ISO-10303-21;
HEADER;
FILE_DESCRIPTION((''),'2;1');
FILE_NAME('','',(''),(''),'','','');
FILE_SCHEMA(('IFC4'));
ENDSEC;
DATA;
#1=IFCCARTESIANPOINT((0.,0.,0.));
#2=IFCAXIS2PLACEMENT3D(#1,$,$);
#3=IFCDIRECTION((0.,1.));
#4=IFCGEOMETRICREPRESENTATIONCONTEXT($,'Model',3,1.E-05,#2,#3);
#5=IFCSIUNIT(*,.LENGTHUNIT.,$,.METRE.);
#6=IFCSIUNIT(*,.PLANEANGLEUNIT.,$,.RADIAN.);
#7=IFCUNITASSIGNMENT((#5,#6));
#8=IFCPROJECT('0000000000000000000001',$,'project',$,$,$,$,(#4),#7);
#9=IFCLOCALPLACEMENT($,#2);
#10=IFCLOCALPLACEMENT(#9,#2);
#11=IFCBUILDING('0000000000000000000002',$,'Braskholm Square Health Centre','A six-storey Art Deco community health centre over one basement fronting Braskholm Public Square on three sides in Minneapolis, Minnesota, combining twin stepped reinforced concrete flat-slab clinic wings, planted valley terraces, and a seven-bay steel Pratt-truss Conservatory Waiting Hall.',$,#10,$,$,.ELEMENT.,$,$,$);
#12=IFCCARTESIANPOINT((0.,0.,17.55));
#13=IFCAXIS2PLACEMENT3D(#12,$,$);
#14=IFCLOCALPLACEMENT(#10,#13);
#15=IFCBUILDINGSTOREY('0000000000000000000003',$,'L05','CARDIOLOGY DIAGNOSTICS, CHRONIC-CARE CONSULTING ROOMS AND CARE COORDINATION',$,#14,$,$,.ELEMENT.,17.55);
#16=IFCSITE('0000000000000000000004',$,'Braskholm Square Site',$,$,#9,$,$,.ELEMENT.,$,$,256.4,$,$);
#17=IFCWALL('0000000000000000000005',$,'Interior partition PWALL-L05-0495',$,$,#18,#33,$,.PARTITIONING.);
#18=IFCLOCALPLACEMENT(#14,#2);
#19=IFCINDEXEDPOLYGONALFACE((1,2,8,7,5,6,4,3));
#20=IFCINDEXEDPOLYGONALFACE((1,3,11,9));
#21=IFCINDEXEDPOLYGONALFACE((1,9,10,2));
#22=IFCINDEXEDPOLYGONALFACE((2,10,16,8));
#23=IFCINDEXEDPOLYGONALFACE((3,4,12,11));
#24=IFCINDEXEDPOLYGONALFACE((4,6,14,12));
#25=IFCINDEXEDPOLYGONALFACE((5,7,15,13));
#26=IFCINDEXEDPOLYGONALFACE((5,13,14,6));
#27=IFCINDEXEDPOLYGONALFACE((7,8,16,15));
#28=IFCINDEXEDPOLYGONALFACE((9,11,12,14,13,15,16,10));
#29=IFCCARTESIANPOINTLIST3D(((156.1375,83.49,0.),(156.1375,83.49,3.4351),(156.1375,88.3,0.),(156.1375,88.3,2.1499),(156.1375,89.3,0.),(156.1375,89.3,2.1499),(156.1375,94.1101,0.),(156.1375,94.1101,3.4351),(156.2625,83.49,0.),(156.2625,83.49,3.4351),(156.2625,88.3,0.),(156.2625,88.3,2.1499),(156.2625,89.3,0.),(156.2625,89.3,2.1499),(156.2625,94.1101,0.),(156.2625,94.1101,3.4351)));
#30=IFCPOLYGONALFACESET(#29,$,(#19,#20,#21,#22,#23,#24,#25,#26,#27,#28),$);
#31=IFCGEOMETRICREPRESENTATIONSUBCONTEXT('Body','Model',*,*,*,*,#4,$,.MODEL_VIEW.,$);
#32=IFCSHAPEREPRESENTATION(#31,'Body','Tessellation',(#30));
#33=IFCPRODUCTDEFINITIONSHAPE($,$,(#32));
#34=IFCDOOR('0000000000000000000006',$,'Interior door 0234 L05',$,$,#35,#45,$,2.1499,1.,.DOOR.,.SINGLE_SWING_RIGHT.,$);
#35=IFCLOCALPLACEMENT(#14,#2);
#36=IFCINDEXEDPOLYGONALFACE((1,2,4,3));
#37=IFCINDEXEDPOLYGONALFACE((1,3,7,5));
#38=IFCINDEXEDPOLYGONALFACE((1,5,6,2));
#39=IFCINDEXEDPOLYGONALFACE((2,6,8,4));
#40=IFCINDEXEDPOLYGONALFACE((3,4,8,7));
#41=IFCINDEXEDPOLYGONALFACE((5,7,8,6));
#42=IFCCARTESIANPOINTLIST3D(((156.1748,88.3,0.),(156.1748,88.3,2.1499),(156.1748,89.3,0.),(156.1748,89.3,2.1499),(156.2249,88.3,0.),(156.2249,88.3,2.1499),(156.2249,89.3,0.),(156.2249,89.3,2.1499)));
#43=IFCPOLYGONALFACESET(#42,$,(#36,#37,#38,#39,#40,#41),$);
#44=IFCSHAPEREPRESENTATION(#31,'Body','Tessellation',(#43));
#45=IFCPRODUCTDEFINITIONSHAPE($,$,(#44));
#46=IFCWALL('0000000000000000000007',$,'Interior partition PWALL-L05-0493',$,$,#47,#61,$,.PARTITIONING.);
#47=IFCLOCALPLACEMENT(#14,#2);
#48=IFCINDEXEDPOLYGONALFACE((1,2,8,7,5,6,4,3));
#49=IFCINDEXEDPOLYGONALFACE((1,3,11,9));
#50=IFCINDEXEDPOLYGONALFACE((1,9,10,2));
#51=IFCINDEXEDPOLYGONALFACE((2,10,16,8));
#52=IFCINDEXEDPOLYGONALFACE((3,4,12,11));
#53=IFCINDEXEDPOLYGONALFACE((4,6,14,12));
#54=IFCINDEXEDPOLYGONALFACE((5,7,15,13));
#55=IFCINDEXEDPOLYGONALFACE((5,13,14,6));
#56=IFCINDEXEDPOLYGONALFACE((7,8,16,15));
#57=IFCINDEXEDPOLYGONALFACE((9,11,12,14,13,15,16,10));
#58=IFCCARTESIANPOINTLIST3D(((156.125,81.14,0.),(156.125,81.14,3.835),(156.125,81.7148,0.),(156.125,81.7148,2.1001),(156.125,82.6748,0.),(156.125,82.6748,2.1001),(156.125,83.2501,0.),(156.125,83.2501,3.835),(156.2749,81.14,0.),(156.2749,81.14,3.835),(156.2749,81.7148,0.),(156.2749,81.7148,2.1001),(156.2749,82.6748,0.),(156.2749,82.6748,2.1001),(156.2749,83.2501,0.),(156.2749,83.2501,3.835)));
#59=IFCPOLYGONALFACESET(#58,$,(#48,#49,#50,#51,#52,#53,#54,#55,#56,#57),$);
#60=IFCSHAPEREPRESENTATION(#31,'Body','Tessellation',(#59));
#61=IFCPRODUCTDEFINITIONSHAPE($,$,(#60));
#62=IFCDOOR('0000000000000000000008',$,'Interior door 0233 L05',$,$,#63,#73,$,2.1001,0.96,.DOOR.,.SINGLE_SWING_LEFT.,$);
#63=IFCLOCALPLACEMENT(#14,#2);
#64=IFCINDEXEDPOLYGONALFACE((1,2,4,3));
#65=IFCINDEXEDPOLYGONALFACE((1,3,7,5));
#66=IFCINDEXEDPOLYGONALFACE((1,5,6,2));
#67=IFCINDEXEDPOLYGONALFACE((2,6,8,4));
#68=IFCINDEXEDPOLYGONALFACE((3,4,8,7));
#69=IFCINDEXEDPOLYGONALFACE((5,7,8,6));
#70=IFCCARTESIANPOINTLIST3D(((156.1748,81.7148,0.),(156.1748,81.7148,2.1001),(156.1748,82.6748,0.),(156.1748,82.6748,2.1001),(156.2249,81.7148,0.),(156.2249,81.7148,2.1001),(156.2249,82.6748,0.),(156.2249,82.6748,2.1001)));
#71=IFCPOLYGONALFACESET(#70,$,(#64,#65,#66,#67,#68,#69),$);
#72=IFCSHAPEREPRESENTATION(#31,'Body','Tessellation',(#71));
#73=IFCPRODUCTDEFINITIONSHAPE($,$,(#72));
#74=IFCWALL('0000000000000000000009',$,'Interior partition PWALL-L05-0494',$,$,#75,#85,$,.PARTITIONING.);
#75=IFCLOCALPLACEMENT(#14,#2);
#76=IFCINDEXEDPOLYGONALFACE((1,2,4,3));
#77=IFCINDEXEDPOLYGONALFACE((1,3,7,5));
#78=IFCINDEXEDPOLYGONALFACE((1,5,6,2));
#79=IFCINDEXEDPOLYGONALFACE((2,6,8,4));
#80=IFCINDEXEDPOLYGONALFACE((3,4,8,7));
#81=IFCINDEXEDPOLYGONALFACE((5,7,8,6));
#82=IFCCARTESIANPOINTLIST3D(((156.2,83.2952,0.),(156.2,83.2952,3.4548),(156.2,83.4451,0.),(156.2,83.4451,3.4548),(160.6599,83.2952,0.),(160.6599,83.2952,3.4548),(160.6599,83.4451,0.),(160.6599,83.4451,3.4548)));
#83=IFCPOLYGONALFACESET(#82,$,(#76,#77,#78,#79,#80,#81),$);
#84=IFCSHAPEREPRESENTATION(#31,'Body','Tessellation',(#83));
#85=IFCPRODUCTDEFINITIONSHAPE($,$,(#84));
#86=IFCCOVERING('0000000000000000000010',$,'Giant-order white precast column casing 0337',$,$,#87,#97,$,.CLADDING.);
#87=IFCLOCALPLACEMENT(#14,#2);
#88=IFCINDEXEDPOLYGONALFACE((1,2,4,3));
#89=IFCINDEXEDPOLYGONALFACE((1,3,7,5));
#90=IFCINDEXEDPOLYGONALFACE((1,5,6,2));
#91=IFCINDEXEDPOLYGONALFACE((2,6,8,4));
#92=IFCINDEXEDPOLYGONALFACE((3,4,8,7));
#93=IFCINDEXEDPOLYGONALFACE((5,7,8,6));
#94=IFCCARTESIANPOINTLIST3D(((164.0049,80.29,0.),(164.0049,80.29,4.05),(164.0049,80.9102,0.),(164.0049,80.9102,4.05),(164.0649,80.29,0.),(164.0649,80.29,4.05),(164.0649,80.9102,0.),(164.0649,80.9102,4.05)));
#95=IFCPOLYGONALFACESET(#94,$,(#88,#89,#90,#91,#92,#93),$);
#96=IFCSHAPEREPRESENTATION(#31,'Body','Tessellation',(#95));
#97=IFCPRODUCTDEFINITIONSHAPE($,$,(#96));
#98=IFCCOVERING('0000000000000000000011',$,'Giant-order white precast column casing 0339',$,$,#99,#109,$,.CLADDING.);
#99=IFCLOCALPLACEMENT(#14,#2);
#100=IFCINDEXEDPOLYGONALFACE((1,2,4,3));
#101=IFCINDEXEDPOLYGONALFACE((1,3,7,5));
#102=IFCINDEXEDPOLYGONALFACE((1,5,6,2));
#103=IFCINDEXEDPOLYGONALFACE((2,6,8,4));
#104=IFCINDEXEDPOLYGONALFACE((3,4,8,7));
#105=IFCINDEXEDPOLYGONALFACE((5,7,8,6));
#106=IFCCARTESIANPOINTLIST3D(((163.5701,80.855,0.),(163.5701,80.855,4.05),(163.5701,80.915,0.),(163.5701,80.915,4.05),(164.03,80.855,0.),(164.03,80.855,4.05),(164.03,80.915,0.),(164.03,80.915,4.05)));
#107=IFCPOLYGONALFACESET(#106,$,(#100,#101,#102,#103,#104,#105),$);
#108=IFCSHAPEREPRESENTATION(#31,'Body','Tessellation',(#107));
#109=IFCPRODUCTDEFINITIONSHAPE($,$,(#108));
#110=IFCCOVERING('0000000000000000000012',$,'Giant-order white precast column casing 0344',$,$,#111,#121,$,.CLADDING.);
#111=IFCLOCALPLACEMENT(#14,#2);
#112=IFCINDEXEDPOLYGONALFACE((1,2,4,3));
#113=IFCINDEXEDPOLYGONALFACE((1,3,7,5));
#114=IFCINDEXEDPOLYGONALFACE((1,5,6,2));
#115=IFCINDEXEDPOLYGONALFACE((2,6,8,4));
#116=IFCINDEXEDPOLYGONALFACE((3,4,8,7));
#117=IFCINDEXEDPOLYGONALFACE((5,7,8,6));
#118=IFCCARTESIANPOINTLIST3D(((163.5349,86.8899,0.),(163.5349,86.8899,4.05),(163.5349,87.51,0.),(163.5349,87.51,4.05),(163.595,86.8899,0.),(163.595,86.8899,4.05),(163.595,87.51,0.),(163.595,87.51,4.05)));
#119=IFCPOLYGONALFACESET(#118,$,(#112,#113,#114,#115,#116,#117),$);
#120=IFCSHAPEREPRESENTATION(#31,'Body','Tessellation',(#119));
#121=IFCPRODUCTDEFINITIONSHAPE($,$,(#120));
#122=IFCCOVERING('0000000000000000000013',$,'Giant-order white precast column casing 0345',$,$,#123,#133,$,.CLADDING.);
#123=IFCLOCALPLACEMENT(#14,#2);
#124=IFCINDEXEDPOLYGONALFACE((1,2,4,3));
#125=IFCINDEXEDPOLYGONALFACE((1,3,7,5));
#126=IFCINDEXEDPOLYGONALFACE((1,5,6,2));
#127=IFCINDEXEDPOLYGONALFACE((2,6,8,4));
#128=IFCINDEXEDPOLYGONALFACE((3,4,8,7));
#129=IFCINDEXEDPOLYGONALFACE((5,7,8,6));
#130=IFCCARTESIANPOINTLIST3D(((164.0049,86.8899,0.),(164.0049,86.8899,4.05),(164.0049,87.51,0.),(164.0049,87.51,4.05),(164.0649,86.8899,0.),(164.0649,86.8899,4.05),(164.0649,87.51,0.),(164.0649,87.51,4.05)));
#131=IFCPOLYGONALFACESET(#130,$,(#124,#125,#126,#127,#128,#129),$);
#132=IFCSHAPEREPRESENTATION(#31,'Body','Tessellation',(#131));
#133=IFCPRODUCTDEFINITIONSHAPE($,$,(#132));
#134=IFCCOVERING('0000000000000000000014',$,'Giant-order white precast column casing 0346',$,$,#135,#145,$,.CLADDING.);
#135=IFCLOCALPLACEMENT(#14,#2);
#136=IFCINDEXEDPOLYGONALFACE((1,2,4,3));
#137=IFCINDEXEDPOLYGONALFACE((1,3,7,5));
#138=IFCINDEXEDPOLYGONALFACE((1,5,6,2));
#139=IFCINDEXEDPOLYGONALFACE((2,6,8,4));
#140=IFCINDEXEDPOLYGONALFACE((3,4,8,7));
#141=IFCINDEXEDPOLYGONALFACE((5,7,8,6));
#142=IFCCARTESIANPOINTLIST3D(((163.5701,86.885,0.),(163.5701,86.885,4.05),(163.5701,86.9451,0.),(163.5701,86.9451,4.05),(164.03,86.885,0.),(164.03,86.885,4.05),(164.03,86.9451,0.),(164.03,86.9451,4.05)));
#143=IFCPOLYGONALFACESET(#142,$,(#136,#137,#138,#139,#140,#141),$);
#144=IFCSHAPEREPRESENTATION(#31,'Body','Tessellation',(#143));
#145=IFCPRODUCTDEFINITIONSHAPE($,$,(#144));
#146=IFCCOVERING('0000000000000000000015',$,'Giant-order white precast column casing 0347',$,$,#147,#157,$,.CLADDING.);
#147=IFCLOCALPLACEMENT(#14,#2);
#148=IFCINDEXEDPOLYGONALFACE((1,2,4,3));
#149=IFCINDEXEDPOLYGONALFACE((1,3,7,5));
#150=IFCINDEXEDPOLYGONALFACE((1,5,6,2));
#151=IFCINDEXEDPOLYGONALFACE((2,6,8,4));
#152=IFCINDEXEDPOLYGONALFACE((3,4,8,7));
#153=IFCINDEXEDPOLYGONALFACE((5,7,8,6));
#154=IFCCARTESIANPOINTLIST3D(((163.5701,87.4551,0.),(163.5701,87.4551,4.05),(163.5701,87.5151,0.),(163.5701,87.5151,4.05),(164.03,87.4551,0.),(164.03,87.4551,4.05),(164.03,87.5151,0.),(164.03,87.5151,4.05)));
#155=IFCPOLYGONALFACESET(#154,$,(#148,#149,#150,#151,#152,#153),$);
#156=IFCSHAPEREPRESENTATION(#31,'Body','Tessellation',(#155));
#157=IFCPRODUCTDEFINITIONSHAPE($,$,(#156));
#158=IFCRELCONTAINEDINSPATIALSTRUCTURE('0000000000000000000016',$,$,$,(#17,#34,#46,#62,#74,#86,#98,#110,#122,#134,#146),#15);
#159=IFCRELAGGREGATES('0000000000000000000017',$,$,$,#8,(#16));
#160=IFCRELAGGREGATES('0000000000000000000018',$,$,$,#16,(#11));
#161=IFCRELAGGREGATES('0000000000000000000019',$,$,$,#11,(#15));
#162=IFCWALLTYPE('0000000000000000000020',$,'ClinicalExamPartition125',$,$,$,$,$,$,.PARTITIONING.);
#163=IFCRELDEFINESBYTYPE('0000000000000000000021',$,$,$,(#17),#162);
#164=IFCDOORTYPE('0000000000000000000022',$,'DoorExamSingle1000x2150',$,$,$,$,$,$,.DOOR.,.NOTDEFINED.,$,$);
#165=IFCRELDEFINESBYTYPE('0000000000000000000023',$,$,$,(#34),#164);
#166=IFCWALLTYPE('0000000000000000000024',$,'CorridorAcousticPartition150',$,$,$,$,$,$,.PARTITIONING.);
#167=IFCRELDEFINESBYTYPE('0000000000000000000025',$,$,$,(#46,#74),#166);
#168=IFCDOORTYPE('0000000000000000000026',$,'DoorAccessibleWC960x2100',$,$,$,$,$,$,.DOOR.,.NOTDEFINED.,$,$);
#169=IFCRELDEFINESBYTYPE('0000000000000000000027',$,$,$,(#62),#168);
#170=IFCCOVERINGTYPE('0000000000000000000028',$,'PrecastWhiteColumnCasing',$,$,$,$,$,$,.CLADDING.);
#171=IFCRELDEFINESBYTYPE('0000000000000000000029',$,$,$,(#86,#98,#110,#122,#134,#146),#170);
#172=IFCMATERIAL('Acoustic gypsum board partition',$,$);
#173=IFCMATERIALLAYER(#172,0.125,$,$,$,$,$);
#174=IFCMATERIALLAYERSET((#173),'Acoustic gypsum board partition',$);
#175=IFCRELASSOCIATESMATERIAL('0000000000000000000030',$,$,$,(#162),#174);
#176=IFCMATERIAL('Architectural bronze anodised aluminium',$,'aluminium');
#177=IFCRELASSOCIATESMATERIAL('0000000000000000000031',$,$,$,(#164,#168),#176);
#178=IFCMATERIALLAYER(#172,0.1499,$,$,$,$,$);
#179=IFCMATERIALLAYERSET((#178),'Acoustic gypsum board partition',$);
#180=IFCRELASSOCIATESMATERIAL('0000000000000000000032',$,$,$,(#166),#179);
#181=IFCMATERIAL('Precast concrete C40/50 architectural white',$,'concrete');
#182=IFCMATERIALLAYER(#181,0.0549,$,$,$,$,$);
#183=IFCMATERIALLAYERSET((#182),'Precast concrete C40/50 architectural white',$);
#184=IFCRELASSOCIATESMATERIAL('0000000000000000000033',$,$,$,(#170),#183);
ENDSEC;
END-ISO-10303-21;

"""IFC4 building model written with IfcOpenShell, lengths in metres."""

from ifc_helpers import new_model, si_unit, direction, frame, frame_2d, origin, origin_2d, place, context, subcontext, project, spatial, rectangle, extrude, material, layer, layer_set, type_object, element, fill, save


model = new_model("IFC4")

# Units and contexts
model_context = context("Model", 3, precision=1e-05, world=origin(), true_north=direction((0.0, 1.0)))
body_context = subcontext(model_context, "Body", "Model", "MODEL_VIEW")
ifc_project = project(units=[si_unit("LENGTHUNIT", "METRE"), si_unit("PLANEANGLEUNIT", "RADIAN")], contexts=[model_context])

# Site, building, storey
site_placement = place(None, origin())
site = spatial("IfcSite", under=ifc_project, at=site_placement, Name="Braskholm Square Site", CompositionType="ELEMENT", RefElevation=256.4)
building_placement = place(site_placement, origin())
building = spatial("IfcBuilding", under=site, at=building_placement, Name="Braskholm Square Health Centre", Description="A six-storey Art Deco community health centre over one basement fronting Braskholm Public Square on three sides in Minneapolis, Minnesota, combining twin stepped reinforced concrete flat-slab clinic wings, planted valley terraces, and a seven-bay steel Pratt-truss Conservatory Waiting Hall.", CompositionType="ELEMENT")
storey_placement = place(building_placement, frame((0.0, 0.0, 17.55)))
storey = spatial("IfcBuildingStorey", under=building, at=storey_placement, Name="L05", Description="CARDIOLOGY DIAGNOSTICS, CHRONIC-CARE CONSULTING ROOMS AND CARE COORDINATION", CompositionType="ELEMENT", Elevation=17.55)

# Shared definitions
ifc_material_1 = material(Name="Precast concrete C40/50 architectural white", Category="concrete")

# Shared definitions
ifc_material_2 = material(Name="Architectural bronze anodised aluminium", Category="aluminium")

# Shared definitions
ifc_material_3 = material(Name="Acoustic gypsum board partition")
ifc_layer_1 = layer(ifc_material_3, 0.125)
ifc_layer_set_1 = layer_set([ifc_layer_1], Name="Acoustic gypsum board partition")
wall_type_1 = type_object("IfcWallType", Name="ClinicalExamPartition125", PredefinedType="PARTITIONING", material=ifc_layer_set_1)

# Walls, openings, doors
wall_1_placement = place(storey_placement, frame((156.2, 83.49, 0.0), z_axis=(0.0, 0.0, 1.0), x_axis=(0.0, 1.0, 0.0)))
wall_1 = element("IfcWall", 1, at=wall_1_placement, inside=storey, type_object=wall_type_1, Name="Interior partition PWALL-L05-0495", PredefinedType="PARTITIONING", context=body_context, shape_type="SweptSolid", body=[
    extrude(rectangle(XDim=10.6201, YDim=0.125, at=frame_2d((5.3101, 0.0))), origin(), (0.0, 0.0, 1.0), 3.4351),
])
opening_1_placement = place(wall_1_placement, frame((4.8101, 0.0, 0.0)))
opening_1 = element("IfcOpeningElement", 2, at=opening_1_placement, cuts=wall_1, PredefinedType="OPENING", context=body_context, shape_type="SweptSolid", body=[
    extrude(rectangle(XDim=1.0, YDim=2.1499, at=frame_2d((0.5, 1.075))), frame((0.0, 0.0725, 0.0), z_axis=(0.0, -1.0, 0.0), x_axis=(1.0, 0.0, 0.0)), (0.0, 0.0, 1.0), 0.145),
])
door_type_1 = type_object("IfcDoorType", Name="DoorExamSingle1000x2150", OperationType="NOTDEFINED", PredefinedType="DOOR", material=ifc_material_2)
door_1_placement = place(opening_1_placement, frame((1.0, 0.0, 0.0), z_axis=(0.0, 0.0, 1.0), x_axis=(-1.0, 0.0, 0.0)))
door_1 = element("IfcDoor", 3, at=door_1_placement, inside=storey, type_object=door_type_1, Name="Interior door 0234 L05", OperationType="SINGLE_SWING_RIGHT", OverallHeight=2.1499, OverallWidth=1.0, PredefinedType="DOOR", context=body_context, shape_type="SweptSolid", body=[
    extrude(rectangle(XDim=1.0, YDim=2.1499, at=frame_2d((0.5, 1.075))), frame((0.0, 0.0249, 0.0), z_axis=(0.0, -1.0, 0.0), x_axis=(1.0, 0.0, 0.0)), (0.0, 0.0, 1.0), 0.05),
])
fill(opening_1, door_1)
ifc_layer_2 = layer(ifc_material_3, 0.1499)
ifc_layer_set_2 = layer_set([ifc_layer_2], Name="Acoustic gypsum board partition")
wall_type_2 = type_object("IfcWallType", Name="CorridorAcousticPartition150", PredefinedType="PARTITIONING", material=ifc_layer_set_2)
wall_2_placement = place(storey_placement, frame((156.2, 81.1399, 0.0), z_axis=(0.0, 0.0, 1.0), x_axis=(0.0, 1.0, 0.0)))
wall_2 = element("IfcWall", 4, at=wall_2_placement, inside=storey, type_object=wall_type_2, Name="Interior partition PWALL-L05-0493", PredefinedType="PARTITIONING", context=body_context, shape_type="SweptSolid", body=[
    extrude(rectangle(XDim=2.1101, YDim=0.1499, at=frame_2d((1.0552, 0.0))), origin(), (0.0, 0.0, 1.0), 3.835),
])
opening_2_placement = place(wall_2_placement, frame((0.575, 0.0, 0.0)))
opening_2 = element("IfcOpeningElement", 5, at=opening_2_placement, cuts=wall_2, PredefinedType="OPENING", context=body_context, shape_type="SweptSolid", body=[
    extrude(rectangle(XDim=0.96, YDim=2.1001, at=frame_2d((0.48, 1.05))), frame((0.0, 0.085, 0.0), z_axis=(0.0, -1.0, 0.0), x_axis=(1.0, 0.0, 0.0)), (0.0, 0.0, 1.0), 0.1699),
])
door_type_2 = type_object("IfcDoorType", Name="DoorAccessibleWC960x2100", OperationType="NOTDEFINED", PredefinedType="DOOR", material=ifc_material_2)
door_2_placement = place(opening_2_placement, frame((0.96, 0.0, 0.0), z_axis=(0.0, 0.0, 1.0), x_axis=(-1.0, 0.0, 0.0)))
door_2 = element("IfcDoor", 6, at=door_2_placement, inside=storey, type_object=door_type_2, Name="Interior door 0233 L05", OperationType="SINGLE_SWING_LEFT", OverallHeight=2.1001, OverallWidth=0.96, PredefinedType="DOOR", context=body_context, shape_type="SweptSolid", body=[
    extrude(rectangle(XDim=0.96, YDim=2.1001, at=frame_2d((0.48, 1.05))), frame((0.0, 0.0249, 0.0), z_axis=(0.0, -1.0, 0.0), x_axis=(1.0, 0.0, 0.0)), (0.0, 0.0, 1.0), 0.05),
])
fill(opening_2, door_2)

# Wall
wall_3_placement = place(storey_placement, frame((156.2, 83.3701, 0.0), z_axis=(0.0, 0.0, 1.0), x_axis=(1.0, 0.0, 0.0)))
element("IfcWall", 7, at=wall_3_placement, inside=storey, type_object=wall_type_2, Name="Interior partition PWALL-L05-0494", PredefinedType="PARTITIONING", context=body_context, shape_type="SweptSolid", body=[
    extrude(rectangle(XDim=4.46, YDim=0.1499, at=frame_2d((2.23, 0.0))), origin(), (0.0, 0.0, 1.0), 3.4548),
])

# Coverings
ifc_layer_3 = layer(ifc_material_1, 0.0549)
ifc_layer_set_3 = layer_set([ifc_layer_3], Name="Precast concrete C40/50 architectural white")
covering_type = type_object("IfcCoveringType", Name="PrecastWhiteColumnCasing", PredefinedType="CLADDING", material=ifc_layer_set_3)
covering_1_placement = place(storey_placement, frame((164.0349, 80.6001, 0.0), z_axis=(0.0, 0.0, 1.0), x_axis=(1.0, 0.0, 0.0)))
element("IfcCovering", 8, at=covering_1_placement, inside=storey, type_object=covering_type, Name="Giant-order white precast column casing 0337", PredefinedType="CLADDING", context=body_context, shape_type="SweptSolid", body=[
    extrude(rectangle(XDim=0.0601, YDim=0.6201, at=origin_2d()), origin(), (0.0, 0.0, 1.0), 4.05),
])
covering_2_placement = place(storey_placement, frame((163.8, 80.885, 0.0), z_axis=(0.0, 0.0, 1.0), x_axis=(1.0, 0.0, 0.0)))
element("IfcCovering", 9, at=covering_2_placement, inside=storey, type_object=covering_type, Name="Giant-order white precast column casing 0339", PredefinedType="CLADDING", context=body_context, shape_type="SweptSolid", body=[
    extrude(rectangle(XDim=0.46, YDim=0.0601, at=origin_2d()), origin(), (0.0, 0.0, 1.0), 4.05),
])
for number, where, z_axis, x_axis, name in (
    (10, (163.5649, 87.2, 0.0), (0.0, 0.0, 1.0), (1.0, 0.0, 0.0), "Giant-order white precast column casing 0344"),
    (11, (164.0349, 87.2, 0.0), (0.0, 0.0, 1.0), (1.0, 0.0, 0.0), "Giant-order white precast column casing 0345"),
):
    element("IfcCovering", number, at=place(storey_placement, frame(where, z_axis=z_axis, x_axis=x_axis)), inside=storey, type_object=covering_type, Name=name, PredefinedType="CLADDING", context=body_context, shape_type="SweptSolid", body=[
        extrude(rectangle(XDim=0.0601, YDim=0.6201, at=origin_2d()), origin(), (0.0, 0.0, 1.0), 4.05),
    ])
for number, where, z_axis, x_axis, name in (
    (12, (163.8, 86.915, 0.0), (0.0, 0.0, 1.0), (1.0, 0.0, 0.0), "Giant-order white precast column casing 0346"),
    (13, (163.8, 87.4851, 0.0), (0.0, 0.0, 1.0), (1.0, 0.0, 0.0), "Giant-order white precast column casing 0347"),
):
    element("IfcCovering", number, at=place(storey_placement, frame(where, z_axis=z_axis, x_axis=x_axis)), inside=storey, type_object=covering_type, Name=name, PredefinedType="CLADDING", context=body_context, shape_type="SweptSolid", body=[
        extrude(rectangle(XDim=0.46, YDim=0.0601, at=origin_2d()), origin(), (0.0, 0.0, 1.0), 4.05),
    ])

save(model, "model.ifc")
